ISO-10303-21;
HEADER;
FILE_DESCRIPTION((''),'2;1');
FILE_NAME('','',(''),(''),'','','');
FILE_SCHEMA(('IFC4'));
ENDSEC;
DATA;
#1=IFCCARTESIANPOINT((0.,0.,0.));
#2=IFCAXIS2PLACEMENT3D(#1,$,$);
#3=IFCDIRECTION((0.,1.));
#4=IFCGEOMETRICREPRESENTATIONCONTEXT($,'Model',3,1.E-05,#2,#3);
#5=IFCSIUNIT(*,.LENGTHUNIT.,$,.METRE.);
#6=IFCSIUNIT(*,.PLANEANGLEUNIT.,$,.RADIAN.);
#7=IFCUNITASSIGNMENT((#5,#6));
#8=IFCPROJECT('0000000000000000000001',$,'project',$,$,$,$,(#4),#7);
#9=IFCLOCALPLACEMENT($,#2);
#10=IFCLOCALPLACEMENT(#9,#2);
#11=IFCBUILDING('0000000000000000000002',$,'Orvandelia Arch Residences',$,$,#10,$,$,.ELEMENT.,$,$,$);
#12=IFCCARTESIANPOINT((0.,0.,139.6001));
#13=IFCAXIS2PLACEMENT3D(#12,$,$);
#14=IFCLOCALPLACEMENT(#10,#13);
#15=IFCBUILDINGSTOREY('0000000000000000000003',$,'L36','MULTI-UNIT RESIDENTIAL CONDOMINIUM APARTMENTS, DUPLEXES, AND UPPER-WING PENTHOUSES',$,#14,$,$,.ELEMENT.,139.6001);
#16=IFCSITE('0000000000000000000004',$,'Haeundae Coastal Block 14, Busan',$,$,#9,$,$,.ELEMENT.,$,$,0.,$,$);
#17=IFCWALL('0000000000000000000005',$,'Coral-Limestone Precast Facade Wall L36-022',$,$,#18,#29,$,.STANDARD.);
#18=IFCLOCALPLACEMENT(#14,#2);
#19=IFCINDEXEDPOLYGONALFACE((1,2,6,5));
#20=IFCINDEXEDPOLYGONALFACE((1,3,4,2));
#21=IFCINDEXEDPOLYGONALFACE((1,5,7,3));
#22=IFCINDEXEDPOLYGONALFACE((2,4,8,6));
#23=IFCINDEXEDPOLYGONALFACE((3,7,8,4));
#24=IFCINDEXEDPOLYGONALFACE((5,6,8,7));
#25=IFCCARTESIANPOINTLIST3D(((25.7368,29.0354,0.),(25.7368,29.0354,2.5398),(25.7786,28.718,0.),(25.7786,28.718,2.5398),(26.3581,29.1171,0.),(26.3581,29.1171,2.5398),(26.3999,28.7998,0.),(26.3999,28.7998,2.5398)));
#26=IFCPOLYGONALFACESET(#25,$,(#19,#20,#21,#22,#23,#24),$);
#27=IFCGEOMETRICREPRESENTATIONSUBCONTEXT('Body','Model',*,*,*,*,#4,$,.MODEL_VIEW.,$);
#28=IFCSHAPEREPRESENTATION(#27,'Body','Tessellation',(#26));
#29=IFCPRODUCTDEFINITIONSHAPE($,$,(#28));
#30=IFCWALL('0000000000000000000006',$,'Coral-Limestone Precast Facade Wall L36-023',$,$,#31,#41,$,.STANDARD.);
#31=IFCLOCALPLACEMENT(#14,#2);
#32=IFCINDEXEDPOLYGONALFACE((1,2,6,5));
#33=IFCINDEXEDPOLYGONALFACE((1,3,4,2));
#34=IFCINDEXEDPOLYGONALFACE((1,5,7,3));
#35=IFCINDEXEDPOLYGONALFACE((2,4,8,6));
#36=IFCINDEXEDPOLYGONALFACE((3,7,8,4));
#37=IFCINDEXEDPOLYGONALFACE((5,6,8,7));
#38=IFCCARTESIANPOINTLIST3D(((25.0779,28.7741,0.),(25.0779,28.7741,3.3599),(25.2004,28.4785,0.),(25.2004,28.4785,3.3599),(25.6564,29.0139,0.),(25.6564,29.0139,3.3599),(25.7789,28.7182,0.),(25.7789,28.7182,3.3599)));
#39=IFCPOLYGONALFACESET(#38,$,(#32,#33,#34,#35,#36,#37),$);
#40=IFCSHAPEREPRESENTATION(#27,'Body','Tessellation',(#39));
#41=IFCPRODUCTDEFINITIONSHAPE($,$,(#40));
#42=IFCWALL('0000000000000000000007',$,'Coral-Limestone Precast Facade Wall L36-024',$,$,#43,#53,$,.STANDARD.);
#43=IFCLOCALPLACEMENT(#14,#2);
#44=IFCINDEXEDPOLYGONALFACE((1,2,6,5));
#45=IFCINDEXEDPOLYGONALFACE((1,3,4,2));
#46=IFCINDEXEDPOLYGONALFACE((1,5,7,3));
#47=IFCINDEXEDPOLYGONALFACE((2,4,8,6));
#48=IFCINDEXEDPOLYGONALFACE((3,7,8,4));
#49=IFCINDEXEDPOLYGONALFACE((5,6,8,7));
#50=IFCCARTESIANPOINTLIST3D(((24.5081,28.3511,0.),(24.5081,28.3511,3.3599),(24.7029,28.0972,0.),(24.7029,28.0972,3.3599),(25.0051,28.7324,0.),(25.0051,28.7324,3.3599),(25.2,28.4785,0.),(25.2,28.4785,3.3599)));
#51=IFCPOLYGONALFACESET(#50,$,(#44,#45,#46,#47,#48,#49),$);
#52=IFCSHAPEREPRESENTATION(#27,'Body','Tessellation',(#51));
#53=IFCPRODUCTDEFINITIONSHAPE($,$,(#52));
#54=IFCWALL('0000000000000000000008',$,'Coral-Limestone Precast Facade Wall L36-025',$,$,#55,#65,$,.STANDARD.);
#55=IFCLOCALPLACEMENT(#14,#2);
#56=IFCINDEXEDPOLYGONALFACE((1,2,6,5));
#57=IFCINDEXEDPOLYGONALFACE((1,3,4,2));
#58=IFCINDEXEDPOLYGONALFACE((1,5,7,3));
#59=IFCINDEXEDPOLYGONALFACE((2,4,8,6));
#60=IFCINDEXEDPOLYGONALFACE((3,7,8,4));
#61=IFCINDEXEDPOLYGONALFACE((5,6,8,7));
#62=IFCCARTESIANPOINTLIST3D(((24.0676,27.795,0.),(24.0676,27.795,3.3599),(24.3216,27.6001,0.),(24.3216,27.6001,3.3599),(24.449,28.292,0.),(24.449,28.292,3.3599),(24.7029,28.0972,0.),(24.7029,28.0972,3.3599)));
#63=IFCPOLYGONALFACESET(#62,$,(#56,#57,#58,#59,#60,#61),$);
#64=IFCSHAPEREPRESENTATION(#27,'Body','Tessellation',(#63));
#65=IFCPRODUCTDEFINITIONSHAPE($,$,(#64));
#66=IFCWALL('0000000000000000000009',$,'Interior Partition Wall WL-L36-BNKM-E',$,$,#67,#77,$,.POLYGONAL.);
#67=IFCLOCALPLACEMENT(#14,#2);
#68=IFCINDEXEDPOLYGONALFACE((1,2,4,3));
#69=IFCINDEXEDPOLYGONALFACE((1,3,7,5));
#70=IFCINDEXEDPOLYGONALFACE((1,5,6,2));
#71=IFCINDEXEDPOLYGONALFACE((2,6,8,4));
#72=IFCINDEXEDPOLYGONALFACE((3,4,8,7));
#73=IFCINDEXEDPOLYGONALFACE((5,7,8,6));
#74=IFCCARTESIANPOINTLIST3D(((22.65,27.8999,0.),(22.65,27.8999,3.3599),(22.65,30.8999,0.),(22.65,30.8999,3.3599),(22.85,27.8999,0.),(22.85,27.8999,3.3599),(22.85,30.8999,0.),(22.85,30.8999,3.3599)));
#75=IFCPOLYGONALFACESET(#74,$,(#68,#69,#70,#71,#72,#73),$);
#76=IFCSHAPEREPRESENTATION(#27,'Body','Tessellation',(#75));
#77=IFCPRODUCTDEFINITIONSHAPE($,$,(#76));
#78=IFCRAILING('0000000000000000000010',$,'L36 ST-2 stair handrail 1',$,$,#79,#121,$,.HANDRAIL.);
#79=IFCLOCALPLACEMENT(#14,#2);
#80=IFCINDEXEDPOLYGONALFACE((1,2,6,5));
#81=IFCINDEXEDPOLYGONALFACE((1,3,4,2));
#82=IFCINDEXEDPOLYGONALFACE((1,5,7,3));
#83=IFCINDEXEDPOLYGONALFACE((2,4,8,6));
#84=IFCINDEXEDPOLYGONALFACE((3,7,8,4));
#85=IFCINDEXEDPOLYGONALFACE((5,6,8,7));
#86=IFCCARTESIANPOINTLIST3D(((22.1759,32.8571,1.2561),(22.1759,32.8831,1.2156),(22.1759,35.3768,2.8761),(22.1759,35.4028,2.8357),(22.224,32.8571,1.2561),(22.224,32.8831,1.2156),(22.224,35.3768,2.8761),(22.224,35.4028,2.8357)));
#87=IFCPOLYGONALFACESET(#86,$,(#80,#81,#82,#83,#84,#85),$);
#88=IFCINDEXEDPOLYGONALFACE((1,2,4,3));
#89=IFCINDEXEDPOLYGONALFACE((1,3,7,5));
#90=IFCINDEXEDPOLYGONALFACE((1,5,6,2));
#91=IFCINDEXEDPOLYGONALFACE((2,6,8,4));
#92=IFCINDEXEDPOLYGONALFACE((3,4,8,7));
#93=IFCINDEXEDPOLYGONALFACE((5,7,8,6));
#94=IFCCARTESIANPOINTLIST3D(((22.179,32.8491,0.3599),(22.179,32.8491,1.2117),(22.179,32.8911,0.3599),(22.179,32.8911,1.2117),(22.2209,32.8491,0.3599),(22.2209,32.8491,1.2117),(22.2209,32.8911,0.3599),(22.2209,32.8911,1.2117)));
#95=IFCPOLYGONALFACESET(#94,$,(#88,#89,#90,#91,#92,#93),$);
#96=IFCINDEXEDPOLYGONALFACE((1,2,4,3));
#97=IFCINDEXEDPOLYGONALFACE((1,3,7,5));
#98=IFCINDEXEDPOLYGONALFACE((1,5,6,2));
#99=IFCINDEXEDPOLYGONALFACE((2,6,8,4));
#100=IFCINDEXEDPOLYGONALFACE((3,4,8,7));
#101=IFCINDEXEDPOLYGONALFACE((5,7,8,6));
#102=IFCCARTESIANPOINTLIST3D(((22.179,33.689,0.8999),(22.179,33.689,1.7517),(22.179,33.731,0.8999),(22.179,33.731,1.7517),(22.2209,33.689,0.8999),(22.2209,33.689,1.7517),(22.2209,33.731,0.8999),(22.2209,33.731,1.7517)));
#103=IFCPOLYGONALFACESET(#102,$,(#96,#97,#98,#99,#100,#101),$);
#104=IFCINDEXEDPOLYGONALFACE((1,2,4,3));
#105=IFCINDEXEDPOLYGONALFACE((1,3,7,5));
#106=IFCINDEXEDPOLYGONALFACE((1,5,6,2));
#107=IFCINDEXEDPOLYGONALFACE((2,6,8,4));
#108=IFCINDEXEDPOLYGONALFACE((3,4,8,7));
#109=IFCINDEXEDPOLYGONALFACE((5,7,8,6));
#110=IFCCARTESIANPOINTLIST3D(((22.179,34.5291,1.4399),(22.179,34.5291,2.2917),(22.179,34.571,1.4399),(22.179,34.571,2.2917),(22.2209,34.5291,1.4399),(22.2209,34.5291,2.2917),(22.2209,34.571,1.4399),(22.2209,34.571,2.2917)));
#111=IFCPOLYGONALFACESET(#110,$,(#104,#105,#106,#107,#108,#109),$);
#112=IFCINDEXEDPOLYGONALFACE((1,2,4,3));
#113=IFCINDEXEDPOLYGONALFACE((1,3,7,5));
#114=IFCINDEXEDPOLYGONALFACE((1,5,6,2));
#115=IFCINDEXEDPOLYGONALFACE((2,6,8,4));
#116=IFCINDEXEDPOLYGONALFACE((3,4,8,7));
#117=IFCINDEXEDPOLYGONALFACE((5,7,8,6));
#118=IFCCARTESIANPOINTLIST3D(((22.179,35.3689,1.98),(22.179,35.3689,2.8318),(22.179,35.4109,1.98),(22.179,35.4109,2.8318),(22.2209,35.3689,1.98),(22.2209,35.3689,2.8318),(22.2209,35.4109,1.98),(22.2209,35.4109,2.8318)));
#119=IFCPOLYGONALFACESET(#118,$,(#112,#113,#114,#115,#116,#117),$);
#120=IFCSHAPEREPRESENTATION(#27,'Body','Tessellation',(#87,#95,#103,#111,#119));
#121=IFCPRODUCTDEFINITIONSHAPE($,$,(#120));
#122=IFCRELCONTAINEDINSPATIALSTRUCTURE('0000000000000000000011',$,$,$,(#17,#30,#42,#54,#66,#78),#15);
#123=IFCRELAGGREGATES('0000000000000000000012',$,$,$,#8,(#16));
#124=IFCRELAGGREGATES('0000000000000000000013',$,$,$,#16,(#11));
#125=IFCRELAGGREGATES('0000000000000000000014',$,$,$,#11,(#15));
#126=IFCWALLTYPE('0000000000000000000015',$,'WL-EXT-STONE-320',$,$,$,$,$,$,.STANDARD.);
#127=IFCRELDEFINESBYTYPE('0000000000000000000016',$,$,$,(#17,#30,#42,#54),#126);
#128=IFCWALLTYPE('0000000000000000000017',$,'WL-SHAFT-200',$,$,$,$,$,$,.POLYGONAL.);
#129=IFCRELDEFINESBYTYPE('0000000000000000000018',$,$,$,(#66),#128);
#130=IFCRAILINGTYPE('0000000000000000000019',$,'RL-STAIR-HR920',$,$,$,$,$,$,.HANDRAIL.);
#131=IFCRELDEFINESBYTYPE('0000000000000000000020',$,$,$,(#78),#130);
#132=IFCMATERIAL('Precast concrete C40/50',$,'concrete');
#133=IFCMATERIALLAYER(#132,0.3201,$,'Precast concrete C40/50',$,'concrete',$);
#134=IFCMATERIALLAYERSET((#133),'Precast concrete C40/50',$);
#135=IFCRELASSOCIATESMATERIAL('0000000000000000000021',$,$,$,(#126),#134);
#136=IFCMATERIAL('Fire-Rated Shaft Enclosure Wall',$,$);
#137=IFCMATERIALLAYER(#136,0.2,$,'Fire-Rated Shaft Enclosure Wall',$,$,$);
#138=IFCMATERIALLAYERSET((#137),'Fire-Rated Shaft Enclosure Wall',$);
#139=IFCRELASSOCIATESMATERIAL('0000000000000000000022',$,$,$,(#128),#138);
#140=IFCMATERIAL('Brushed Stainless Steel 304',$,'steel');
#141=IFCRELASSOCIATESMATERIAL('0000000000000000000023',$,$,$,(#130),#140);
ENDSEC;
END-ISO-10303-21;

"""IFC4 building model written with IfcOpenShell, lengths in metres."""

from ifc_helpers import new_model, si_unit, direction, frame, frame_2d, origin, origin_2d, place, context, subcontext, project, spatial, rectangle, extrude, material, layer, layer_set, type_object, element, save


model = new_model("IFC4")

# Units and contexts
model_context = context("Model", 3, precision=1e-05, world=origin(), true_north=direction((0.0, 1.0)))
body_context = subcontext(model_context, "Body", "Model", "MODEL_VIEW")
ifc_project = project(units=[si_unit("LENGTHUNIT", "METRE"), si_unit("PLANEANGLEUNIT", "RADIAN")], contexts=[model_context])

# Site, building, storey
site_placement = place(None, origin())
site = spatial("IfcSite", under=ifc_project, at=site_placement, Name="Haeundae Coastal Block 14, Busan", CompositionType="ELEMENT", RefElevation=0.0)
building_placement = place(site_placement, origin())
building = spatial("IfcBuilding", under=site, at=building_placement, Name="Orvandelia Arch Residences", CompositionType="ELEMENT")
storey_placement = place(building_placement, frame((0.0, 0.0, 139.6001)))
storey = spatial("IfcBuildingStorey", under=building, at=storey_placement, Name="L36", Description="MULTI-UNIT RESIDENTIAL CONDOMINIUM APARTMENTS, DUPLEXES, AND UPPER-WING PENTHOUSES", CompositionType="ELEMENT", Elevation=139.6001)

# Walls
ifc_material_1 = material(Name="Precast concrete C40/50", Category="concrete")
ifc_layer_1 = layer(ifc_material_1, 0.3201, Name="Precast concrete C40/50", Category="concrete")
ifc_layer_set_1 = layer_set([ifc_layer_1], Name="Precast concrete C40/50")
wall_type_1 = type_object("IfcWallType", Name="WL-EXT-STONE-320", PredefinedType="STANDARD", material=ifc_layer_set_1)
wall_1_placement = place(storey_placement, frame((26.3792, 28.9585, 0.0), z_axis=(0.0, 0.0, 1.0), x_axis=(-0.991448, -0.130505, 0.0)))
element("IfcWall", 1, at=wall_1_placement, inside=storey, type_object=wall_type_1, Name="Coral-Limestone Precast Facade Wall L36-022", PredefinedType="STANDARD", context=body_context, shape_type="SweptSolid", body=[
    extrude(rectangle(XDim=0.6267, YDim=0.3201, at=frame_2d((0.3135, 0.0))), origin(), (0.0, 0.0, 1.0), 2.5398),
])
wall_2_placement = place(storey_placement, frame((25.7175, 28.866, 0.0), z_axis=(0.0, 0.0, 1.0), x_axis=(-0.923836, -0.382788, 0.0)))
element("IfcWall", 2, at=wall_2_placement, inside=storey, type_object=wall_type_1, Name="Coral-Limestone Precast Facade Wall L36-023", PredefinedType="STANDARD", context=body_context, shape_type="SweptSolid", body=[
    extrude(rectangle(XDim=0.6262, YDim=0.3201, at=frame_2d((0.313, 0.0))), origin(), (0.0, 0.0, 1.0), 3.3599),
])
for number, where, z_axis, x_axis, name in (
    (3, (25.1025, 28.6055, 0.0), (0.0, 0.0, 1.0), (-0.793406, -0.608693, 0.0), "Coral-Limestone Precast Facade Wall L36-024"),
    (4, (24.5759, 28.1946, 0.0), (0.0, 0.0, 1.0), (-0.608693, -0.793406, 0.0), "Coral-Limestone Precast Facade Wall L36-025"),
):
    element("IfcWall", number, at=place(storey_placement, frame(where, z_axis=z_axis, x_axis=x_axis)), inside=storey, type_object=wall_type_1, Name=name, PredefinedType="STANDARD", context=body_context, shape_type="SweptSolid", body=[
        extrude(rectangle(XDim=0.6265, YDim=0.3201, at=frame_2d((0.3132, 0.0))), origin(), (0.0, 0.0, 1.0), 3.3599),
    ])
ifc_material_2 = material(Name="Fire-Rated Shaft Enclosure Wall")
ifc_layer_2 = layer(ifc_material_2, 0.2, Name="Fire-Rated Shaft Enclosure Wall")
ifc_layer_set_2 = layer_set([ifc_layer_2], Name="Fire-Rated Shaft Enclosure Wall")
wall_type_2 = type_object("IfcWallType", Name="WL-SHAFT-200", PredefinedType="POLYGONAL", material=ifc_layer_set_2)
wall_3_placement = place(storey_placement, frame((22.75, 27.8999, 0.0), z_axis=(0.0, 0.0, 1.0), x_axis=(0.0, 1.0, 0.0)))
element("IfcWall", 5, at=wall_3_placement, inside=storey, type_object=wall_type_2, Name="Interior Partition Wall WL-L36-BNKM-E", PredefinedType="POLYGONAL", context=body_context, shape_type="SweptSolid", body=[
    extrude(rectangle(XDim=3.0, YDim=0.2, at=frame_2d((1.5, 0.0))), origin(), (0.0, 0.0, 1.0), 3.3599),
])

# Railing
ifc_material_3 = material(Name="Brushed Stainless Steel 304", Category="steel")
railing_type = type_object("IfcRailingType", Name="RL-STAIR-HR920", PredefinedType="HANDRAIL", material=ifc_material_3)
railing_placement = place(storey_placement, frame((22.2, 32.8701, 0.3599)))
element("IfcRailing", 6, at=railing_placement, inside=storey, type_object=railing_type, Name="L36 ST-2 stair handrail 1", PredefinedType="HANDRAIL", context=body_context, shape_type="SweptSolid", body=[
    extrude(rectangle(XDim=0.0481, YDim=0.0481, at=origin_2d()), frame((0.0, 0.0, 0.876), z_axis=(0.0, 0.841139, 0.540819), x_axis=(-1.0, 0.0, 0.0)), (0.0, 0.0, 1.0), 2.9956),
    extrude(rectangle(XDim=0.042, YDim=0.042, at=origin_2d()), origin(), (0.0, 0.0, 1.0), 0.8518),
    extrude(rectangle(XDim=0.042, YDim=0.042, at=origin_2d()), frame((0.0, 0.8398, 0.54)), (0.0, 0.0, 1.0), 0.8518),
    extrude(rectangle(XDim=0.042, YDim=0.042, at=origin_2d()), frame((0.0, 1.6799, 1.0801)), (0.0, 0.0, 1.0), 0.8518),
    extrude(rectangle(XDim=0.042, YDim=0.042, at=origin_2d()), frame((0.0, 2.5198, 1.6201)), (0.0, 0.0, 1.0), 0.8518),
])

save(model, "model.ifc")
